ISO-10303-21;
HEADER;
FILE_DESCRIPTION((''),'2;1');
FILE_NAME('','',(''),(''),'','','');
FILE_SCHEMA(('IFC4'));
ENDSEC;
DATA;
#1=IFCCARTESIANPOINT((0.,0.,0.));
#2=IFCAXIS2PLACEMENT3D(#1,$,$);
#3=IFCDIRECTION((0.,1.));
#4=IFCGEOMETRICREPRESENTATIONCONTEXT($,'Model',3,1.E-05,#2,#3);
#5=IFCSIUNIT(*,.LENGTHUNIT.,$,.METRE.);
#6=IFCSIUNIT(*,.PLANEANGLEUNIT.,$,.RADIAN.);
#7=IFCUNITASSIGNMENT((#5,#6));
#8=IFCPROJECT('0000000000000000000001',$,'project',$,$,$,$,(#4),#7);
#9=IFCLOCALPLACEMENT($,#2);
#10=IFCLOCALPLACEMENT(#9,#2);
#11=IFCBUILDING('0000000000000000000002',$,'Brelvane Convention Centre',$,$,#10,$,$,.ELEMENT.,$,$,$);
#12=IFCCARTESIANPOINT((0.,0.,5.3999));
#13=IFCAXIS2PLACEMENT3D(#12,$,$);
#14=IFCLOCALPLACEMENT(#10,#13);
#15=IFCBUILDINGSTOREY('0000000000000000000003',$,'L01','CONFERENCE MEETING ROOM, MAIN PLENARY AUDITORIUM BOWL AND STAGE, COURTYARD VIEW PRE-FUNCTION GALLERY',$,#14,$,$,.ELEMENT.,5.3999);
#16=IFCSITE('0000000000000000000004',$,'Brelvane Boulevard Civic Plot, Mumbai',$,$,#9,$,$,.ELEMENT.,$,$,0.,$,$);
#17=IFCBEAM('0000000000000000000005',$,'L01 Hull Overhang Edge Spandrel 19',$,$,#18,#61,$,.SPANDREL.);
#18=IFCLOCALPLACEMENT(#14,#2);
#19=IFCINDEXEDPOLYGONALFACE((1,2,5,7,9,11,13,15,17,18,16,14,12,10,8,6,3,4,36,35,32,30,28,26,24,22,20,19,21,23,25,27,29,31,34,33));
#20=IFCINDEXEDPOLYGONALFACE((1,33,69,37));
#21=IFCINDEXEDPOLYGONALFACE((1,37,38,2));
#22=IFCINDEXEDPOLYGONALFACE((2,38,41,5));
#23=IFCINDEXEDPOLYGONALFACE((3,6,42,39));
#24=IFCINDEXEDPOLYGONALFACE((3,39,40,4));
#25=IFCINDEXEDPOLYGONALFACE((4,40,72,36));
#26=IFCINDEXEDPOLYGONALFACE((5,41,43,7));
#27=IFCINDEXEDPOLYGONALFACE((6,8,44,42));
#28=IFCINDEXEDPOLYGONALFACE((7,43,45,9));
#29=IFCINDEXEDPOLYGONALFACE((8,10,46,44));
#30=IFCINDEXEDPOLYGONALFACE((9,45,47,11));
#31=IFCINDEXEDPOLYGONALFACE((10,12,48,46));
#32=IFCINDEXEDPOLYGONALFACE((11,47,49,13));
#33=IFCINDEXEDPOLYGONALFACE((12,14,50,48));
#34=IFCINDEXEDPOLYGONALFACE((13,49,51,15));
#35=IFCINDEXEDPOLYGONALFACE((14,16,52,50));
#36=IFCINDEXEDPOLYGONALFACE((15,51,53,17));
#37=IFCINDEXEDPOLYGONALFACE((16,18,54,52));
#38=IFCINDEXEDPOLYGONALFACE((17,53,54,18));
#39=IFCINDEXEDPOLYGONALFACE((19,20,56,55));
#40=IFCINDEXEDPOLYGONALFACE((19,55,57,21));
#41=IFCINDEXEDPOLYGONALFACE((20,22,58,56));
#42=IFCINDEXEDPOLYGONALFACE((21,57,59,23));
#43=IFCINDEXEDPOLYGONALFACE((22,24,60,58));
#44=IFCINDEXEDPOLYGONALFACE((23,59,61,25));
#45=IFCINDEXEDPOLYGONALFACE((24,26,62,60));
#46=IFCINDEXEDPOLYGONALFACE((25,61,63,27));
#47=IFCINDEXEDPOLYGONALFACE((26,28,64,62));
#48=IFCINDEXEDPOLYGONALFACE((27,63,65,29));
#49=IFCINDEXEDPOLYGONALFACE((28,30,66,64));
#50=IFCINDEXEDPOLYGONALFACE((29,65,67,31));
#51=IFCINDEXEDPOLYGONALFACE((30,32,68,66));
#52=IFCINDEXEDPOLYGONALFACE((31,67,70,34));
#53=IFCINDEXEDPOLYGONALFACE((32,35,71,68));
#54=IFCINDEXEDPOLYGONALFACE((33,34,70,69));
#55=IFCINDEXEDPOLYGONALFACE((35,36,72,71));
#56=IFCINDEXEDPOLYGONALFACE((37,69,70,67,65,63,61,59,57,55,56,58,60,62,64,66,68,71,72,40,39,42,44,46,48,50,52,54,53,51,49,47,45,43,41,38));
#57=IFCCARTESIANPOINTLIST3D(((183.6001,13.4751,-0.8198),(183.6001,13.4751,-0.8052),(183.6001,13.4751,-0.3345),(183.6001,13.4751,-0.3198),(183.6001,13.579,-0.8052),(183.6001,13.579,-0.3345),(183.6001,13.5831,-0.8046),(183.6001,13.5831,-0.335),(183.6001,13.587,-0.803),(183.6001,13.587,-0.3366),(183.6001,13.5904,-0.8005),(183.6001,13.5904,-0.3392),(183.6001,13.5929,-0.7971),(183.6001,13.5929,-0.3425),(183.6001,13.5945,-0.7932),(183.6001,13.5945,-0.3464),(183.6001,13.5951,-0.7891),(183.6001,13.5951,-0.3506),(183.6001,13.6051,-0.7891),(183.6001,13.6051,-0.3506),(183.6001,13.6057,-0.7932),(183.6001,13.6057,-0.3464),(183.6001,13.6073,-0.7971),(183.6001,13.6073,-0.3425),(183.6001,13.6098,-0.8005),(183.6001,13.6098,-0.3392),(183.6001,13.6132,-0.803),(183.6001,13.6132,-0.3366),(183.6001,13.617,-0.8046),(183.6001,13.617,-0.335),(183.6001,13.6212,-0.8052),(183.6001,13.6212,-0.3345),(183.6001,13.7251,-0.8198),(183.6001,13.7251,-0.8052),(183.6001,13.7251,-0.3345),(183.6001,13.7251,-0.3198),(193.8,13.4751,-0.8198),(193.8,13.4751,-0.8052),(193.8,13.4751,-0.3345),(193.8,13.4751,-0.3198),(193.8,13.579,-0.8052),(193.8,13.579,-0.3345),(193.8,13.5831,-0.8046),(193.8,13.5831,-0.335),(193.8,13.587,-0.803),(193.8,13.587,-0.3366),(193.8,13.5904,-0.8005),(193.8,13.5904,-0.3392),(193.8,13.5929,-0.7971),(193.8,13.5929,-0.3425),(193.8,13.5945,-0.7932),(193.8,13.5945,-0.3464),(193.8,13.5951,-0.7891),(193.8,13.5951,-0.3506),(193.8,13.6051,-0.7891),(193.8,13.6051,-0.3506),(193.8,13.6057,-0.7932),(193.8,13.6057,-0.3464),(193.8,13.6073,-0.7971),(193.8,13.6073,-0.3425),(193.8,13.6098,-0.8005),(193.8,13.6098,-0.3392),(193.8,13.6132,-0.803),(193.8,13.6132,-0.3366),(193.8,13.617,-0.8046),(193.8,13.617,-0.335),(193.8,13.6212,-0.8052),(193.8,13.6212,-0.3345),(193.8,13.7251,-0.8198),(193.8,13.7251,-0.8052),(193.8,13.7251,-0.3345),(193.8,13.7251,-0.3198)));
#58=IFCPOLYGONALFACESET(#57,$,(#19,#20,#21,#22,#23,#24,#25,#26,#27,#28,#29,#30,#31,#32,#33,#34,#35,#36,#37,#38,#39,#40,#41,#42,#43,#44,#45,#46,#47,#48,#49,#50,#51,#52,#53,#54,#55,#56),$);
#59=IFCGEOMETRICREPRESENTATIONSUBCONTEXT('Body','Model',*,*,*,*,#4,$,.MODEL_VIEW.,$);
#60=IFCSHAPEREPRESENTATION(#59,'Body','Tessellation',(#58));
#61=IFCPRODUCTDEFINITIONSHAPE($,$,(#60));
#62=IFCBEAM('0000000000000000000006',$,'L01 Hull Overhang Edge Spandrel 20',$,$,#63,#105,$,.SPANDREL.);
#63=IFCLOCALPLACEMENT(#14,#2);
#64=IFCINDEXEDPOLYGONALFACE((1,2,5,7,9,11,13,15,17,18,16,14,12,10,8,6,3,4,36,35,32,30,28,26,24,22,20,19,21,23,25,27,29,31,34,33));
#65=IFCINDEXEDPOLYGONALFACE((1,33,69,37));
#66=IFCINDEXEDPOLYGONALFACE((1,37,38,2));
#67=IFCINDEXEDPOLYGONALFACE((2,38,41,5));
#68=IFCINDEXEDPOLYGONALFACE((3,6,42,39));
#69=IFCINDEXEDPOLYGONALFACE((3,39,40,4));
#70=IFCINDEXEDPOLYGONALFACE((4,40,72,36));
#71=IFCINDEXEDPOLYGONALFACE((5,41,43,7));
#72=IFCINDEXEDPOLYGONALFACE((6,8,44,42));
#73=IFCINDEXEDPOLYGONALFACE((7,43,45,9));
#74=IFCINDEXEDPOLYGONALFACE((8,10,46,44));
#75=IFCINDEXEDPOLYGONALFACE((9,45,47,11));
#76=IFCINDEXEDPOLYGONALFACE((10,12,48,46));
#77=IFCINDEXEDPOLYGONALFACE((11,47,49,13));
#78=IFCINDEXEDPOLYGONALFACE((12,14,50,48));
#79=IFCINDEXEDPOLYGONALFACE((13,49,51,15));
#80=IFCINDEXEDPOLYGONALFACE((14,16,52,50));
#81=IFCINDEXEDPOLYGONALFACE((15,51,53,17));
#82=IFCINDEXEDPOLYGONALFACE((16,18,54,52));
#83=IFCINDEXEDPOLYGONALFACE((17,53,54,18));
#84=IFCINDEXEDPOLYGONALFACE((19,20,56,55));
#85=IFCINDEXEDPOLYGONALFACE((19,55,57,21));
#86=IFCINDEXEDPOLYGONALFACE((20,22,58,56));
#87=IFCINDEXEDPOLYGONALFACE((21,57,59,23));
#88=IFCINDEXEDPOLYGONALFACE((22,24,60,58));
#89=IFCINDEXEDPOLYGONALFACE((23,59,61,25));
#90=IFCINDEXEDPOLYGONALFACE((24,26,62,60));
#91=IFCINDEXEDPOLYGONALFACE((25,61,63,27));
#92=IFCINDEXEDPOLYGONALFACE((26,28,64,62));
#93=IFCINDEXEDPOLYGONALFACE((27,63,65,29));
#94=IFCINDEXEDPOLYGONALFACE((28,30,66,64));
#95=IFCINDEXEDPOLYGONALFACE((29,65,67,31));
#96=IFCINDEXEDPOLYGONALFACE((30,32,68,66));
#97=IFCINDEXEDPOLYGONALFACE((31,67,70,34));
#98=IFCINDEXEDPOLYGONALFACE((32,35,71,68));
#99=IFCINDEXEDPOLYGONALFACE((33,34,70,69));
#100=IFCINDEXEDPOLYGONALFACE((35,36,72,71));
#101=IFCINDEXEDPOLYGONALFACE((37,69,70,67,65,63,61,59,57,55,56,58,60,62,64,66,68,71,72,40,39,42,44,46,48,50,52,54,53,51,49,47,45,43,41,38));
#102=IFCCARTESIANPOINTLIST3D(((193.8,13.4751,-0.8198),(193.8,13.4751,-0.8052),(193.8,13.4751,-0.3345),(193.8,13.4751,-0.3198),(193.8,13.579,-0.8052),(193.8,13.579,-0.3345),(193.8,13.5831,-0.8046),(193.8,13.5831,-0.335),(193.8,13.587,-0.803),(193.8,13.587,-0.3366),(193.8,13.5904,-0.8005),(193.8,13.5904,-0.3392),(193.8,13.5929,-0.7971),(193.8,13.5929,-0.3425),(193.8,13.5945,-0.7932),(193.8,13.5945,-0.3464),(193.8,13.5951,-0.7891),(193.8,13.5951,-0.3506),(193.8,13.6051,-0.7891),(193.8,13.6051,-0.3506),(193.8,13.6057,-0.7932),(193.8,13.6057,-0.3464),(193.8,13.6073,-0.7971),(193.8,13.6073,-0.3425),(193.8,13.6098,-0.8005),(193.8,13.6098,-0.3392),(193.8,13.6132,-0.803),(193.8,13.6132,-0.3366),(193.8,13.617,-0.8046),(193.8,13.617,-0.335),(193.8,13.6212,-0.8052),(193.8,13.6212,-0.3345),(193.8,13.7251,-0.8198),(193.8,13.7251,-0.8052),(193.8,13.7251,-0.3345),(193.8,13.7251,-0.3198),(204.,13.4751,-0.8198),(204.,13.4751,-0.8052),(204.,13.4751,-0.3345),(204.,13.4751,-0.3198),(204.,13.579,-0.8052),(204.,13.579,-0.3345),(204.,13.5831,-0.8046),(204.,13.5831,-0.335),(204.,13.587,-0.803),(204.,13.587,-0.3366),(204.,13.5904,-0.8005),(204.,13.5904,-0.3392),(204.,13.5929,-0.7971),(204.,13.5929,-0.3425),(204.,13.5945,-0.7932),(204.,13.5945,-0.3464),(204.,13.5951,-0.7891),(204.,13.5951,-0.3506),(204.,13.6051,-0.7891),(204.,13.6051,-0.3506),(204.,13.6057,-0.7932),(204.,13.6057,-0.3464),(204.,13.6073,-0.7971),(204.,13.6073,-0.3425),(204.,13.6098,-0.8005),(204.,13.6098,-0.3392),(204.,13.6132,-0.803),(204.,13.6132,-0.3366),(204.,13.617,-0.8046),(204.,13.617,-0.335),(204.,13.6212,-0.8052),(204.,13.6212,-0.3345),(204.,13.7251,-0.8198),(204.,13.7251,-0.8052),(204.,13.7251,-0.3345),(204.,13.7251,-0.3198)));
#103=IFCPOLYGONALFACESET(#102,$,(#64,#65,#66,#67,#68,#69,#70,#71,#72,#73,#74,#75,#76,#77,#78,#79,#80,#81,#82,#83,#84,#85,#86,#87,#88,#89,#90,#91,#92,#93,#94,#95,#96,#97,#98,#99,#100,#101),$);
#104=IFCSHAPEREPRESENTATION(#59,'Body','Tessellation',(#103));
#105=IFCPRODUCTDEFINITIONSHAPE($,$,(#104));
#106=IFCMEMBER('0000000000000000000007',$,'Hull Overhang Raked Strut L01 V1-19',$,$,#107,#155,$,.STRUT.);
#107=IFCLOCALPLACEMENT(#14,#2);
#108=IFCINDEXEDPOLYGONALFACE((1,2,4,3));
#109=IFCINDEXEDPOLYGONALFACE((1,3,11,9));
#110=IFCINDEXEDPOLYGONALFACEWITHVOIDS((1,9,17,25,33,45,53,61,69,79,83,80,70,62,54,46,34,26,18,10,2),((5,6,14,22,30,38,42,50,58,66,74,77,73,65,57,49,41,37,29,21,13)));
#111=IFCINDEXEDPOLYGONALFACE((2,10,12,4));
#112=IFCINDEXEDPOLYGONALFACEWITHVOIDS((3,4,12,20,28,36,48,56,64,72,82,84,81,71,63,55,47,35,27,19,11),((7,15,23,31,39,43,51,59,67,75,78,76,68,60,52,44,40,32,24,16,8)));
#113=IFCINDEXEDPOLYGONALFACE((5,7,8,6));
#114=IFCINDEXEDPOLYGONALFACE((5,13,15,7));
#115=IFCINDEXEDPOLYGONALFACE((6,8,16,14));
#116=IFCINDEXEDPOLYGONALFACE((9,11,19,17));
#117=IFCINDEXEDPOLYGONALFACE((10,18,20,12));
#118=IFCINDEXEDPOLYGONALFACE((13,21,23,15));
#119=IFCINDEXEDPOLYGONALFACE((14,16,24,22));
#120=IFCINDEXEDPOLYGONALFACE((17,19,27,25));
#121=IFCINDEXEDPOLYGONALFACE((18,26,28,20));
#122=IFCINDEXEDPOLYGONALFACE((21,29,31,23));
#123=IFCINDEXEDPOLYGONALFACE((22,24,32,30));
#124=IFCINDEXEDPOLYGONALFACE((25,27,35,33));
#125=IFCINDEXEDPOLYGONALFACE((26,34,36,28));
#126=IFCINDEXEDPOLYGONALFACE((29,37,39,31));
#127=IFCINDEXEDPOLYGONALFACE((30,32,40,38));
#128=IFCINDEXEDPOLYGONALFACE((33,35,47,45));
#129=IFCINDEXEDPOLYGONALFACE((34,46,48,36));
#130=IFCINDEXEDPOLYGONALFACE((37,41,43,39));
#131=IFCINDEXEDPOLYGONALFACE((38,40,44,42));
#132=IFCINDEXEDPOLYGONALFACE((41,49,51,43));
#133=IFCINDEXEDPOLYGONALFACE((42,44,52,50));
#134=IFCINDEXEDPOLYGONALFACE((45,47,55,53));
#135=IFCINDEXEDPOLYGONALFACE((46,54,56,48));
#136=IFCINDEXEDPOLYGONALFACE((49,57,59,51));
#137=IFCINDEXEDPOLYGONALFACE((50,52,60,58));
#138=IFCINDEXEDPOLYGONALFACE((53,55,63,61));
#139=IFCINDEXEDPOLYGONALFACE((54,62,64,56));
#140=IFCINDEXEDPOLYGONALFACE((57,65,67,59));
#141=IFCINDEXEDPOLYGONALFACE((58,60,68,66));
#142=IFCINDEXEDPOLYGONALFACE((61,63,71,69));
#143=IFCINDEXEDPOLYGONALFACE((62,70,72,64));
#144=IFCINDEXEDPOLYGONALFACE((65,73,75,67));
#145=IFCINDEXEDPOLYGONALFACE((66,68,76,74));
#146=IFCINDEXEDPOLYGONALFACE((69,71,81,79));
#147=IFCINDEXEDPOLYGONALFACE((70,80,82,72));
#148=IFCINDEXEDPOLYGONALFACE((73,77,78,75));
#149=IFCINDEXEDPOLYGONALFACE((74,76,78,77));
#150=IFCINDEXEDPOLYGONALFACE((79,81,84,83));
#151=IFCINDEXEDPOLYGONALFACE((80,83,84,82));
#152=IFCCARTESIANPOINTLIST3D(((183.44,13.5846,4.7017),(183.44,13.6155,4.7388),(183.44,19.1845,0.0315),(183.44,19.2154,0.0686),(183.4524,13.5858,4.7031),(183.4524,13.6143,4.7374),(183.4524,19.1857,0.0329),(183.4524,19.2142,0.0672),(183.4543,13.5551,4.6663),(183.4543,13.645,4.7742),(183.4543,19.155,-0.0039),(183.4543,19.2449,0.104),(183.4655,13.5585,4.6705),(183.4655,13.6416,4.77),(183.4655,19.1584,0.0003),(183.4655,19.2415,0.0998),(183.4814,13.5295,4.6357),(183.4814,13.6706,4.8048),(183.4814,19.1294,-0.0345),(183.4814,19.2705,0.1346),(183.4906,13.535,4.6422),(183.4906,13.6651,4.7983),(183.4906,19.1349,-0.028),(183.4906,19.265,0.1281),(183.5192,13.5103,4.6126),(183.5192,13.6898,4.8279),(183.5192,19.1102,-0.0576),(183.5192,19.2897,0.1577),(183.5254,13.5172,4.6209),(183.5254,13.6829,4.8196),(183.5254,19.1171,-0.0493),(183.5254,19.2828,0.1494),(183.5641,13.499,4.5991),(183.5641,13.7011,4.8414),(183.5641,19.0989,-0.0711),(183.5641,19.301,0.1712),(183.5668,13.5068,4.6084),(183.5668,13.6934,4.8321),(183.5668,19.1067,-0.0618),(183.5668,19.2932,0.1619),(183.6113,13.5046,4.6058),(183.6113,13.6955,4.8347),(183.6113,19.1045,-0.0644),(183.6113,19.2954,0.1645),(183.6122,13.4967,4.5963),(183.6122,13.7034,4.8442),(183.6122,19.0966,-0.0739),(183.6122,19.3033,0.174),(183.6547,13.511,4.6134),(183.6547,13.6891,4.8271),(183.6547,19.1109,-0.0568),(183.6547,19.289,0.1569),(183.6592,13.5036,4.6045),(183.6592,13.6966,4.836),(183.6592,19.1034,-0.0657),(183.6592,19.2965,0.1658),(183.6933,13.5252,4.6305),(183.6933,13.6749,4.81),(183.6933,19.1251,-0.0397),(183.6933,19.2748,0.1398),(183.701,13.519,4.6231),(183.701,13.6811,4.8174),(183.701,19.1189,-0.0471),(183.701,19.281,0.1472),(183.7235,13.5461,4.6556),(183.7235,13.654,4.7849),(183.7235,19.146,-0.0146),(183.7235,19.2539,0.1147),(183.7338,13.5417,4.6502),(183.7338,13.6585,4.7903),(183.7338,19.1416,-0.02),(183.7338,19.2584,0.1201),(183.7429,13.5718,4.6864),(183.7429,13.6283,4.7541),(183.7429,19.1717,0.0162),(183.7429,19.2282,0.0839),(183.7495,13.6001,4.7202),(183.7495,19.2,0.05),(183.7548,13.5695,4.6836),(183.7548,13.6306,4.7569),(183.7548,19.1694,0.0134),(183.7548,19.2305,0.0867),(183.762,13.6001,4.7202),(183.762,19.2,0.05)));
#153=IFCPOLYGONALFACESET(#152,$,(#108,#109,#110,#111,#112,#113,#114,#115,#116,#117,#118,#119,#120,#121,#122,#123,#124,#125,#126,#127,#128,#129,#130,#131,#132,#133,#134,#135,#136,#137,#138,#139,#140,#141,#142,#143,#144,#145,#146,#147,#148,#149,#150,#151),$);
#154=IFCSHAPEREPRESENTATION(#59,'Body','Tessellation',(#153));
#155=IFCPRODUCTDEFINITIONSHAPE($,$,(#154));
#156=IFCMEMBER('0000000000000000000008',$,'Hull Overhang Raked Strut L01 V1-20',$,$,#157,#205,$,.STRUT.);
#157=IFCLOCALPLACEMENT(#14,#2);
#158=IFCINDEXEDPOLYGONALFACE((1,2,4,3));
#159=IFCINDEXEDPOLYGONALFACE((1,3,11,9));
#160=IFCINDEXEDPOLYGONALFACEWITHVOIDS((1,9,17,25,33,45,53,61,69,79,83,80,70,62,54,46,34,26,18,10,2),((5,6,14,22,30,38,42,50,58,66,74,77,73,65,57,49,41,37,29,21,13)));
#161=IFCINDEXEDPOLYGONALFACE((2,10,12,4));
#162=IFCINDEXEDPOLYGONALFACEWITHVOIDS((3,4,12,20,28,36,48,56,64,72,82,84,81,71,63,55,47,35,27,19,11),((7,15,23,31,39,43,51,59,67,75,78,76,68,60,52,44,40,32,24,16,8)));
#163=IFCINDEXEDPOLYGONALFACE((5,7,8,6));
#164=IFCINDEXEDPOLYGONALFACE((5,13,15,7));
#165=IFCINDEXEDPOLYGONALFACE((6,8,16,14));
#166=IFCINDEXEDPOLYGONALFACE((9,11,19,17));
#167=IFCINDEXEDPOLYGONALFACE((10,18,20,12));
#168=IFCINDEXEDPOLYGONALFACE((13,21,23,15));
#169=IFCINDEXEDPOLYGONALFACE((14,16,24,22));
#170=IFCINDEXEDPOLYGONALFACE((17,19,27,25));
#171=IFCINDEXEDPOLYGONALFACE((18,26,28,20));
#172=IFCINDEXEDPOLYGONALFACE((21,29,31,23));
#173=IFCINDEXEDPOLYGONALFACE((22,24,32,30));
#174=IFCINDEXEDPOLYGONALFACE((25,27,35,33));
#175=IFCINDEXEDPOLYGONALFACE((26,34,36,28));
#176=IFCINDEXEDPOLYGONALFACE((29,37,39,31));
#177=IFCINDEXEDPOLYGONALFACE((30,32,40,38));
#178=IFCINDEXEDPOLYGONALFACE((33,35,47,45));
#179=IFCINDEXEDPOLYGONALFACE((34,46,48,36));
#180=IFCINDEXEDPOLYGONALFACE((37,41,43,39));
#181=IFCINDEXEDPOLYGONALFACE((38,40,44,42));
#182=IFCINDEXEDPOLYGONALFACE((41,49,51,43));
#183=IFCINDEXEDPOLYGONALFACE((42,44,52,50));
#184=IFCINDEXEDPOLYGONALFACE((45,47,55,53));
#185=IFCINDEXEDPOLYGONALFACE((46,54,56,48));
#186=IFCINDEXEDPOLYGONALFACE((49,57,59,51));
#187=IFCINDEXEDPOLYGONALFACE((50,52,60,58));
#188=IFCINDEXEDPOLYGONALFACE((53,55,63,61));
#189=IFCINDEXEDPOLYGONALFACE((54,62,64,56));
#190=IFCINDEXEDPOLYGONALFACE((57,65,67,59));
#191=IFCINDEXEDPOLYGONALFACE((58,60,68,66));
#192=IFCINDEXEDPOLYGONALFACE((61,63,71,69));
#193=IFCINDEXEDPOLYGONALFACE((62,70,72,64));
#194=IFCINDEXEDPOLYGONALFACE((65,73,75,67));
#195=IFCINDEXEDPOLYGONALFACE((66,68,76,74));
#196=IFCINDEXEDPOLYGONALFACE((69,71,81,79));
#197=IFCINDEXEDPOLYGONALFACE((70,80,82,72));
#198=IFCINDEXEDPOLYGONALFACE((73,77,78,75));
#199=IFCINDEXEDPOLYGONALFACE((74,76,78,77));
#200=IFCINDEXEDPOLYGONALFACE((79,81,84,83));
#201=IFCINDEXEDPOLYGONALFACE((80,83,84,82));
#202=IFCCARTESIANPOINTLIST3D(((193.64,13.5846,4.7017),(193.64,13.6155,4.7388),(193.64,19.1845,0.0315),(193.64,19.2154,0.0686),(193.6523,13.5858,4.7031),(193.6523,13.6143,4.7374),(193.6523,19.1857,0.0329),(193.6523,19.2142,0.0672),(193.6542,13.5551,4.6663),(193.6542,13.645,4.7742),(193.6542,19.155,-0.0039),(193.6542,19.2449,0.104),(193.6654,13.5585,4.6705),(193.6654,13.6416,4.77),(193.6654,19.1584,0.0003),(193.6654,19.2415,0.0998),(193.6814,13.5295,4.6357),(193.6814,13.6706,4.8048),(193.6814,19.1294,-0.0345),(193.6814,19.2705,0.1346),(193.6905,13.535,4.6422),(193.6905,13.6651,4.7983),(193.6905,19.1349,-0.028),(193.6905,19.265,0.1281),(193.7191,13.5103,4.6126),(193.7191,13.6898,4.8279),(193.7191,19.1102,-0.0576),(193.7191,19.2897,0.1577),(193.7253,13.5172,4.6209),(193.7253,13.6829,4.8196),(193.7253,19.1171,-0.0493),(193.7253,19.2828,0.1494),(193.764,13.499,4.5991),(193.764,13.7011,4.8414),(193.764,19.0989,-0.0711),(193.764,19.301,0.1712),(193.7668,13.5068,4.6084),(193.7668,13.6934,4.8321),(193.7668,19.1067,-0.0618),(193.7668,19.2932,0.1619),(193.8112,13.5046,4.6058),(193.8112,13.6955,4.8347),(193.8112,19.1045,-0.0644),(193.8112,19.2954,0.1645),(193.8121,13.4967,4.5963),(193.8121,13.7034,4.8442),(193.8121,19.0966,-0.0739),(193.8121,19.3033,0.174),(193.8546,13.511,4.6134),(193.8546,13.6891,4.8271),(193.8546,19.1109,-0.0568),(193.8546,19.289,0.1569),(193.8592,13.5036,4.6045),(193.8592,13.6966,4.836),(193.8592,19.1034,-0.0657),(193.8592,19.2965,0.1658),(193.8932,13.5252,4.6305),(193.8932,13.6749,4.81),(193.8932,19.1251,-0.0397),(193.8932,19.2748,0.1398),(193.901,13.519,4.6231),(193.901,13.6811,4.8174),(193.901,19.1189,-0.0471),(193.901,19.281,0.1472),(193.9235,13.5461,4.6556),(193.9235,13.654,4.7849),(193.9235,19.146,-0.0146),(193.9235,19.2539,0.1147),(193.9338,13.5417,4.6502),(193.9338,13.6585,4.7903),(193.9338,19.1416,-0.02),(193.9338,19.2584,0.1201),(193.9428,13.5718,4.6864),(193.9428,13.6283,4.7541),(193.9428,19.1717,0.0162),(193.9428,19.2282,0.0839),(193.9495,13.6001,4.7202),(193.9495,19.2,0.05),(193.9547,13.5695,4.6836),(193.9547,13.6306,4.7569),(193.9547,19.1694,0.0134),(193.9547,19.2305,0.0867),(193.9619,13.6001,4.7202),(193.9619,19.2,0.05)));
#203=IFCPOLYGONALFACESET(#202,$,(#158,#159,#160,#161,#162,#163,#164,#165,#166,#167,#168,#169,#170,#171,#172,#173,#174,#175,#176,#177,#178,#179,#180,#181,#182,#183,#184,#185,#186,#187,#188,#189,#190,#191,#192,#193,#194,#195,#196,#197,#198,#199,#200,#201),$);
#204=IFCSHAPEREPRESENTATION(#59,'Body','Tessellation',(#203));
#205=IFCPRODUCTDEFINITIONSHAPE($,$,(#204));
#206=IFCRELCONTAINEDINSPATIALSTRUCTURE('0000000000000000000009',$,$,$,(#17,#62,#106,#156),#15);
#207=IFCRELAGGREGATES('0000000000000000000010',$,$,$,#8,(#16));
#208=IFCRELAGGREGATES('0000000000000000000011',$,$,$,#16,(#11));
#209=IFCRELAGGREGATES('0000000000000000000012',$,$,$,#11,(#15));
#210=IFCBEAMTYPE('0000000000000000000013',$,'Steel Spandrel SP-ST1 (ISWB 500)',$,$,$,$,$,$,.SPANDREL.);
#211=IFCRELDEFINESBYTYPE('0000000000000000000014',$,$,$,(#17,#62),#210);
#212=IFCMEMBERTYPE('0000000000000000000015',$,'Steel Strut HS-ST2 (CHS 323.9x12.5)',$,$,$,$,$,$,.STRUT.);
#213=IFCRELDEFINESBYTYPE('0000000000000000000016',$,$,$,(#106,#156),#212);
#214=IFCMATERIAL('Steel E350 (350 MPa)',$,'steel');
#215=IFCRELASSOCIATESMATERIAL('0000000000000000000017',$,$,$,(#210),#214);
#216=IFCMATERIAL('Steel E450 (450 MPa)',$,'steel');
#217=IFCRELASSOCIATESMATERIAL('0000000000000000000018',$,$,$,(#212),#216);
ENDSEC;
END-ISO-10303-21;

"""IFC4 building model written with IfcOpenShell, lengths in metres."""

from ifc_helpers import new_model, si_unit, direction, frame, origin, origin_2d, place, context, subcontext, project, spatial, hollow_circle, i_section, extrude, material, material_profile, profile_set, type_object, element, save


model = new_model("IFC4")

# Units and contexts
model_context = context("Model", 3, precision=1e-05, world=origin(), true_north=direction((0.0, 1.0)))
body_context = subcontext(model_context, "Body", "Model", "MODEL_VIEW")
ifc_project = project(units=[si_unit("LENGTHUNIT", "METRE"), si_unit("PLANEANGLEUNIT", "RADIAN")], contexts=[model_context])

# Site, building, storey
site_placement = place(None, origin())
site = spatial("IfcSite", under=ifc_project, at=site_placement, Name="Brelvane Boulevard Civic Plot, Mumbai", CompositionType="ELEMENT", RefElevation=0.0)
building_placement = place(site_placement, origin())
building = spatial("IfcBuilding", under=site, at=building_placement, Name="Brelvane Convention Centre", CompositionType="ELEMENT")
storey_placement = place(building_placement, frame((0.0, 0.0, 5.3999)))
storey = spatial("IfcBuildingStorey", under=building, at=storey_placement, Name="L01", Description="CONFERENCE MEETING ROOM, MAIN PLENARY AUDITORIUM BOWL AND STAGE, COURTYARD VIEW PRE-FUNCTION GALLERY", CompositionType="ELEMENT", Elevation=5.3999)

# Beams
ifc_material_1 = material(Name="Steel E350 (350 MPa)", Category="steel")
ifc_material_profile_1 = material_profile(ifc_material_1, i_section(OverallWidth=0.25, OverallDepth=0.5, WebThickness=0.01, FlangeThickness=0.0146, FilletRadius=0.0161, at=origin_2d()), Name="ISWB 500")
ifc_profile_set_1 = profile_set([ifc_material_profile_1], Name="Steel E350 (350 MPa)")
beam_type_1 = type_object("IfcBeamType", Name="Steel Spandrel SP-ST1 (ISWB 500)", PredefinedType="SPANDREL", material=ifc_profile_set_1)
for number, where, z_axis, x_axis, name in (
    (1, (183.6001, 13.6001, -0.5698), (1.0, 0.0, 0.0), (0.0, 1.0, 0.0), "L01 Hull Overhang Edge Spandrel 19"),
    (2, (193.8, 13.6001, -0.5698), (1.0, 0.0, 0.0), (0.0, 1.0, 0.0), "L01 Hull Overhang Edge Spandrel 20"),
):
    element("IfcBeam", number, at=place(storey_placement, frame(where, z_axis=z_axis, x_axis=x_axis)), inside=storey, type_object=beam_type_1, Name=name, PredefinedType="SPANDREL", context=body_context, shape_type="SweptSolid", body=[
        extrude(i_section(OverallWidth=0.25, OverallDepth=0.5, WebThickness=0.01, FlangeThickness=0.0146, FilletRadius=0.0161, at=origin_2d()), origin(), (0.0, 0.0, 1.0), 10.2),
    ])

# Members
ifc_material_2 = material(Name="Steel E450 (450 MPa)", Category="steel")
ifc_material_profile_2 = material_profile(ifc_material_2, hollow_circle(Radius=0.1619, WallThickness=0.0125, at=origin_2d()), Name="CHS 323.9x12.5")
ifc_profile_set_2 = profile_set([ifc_material_profile_2], Name="Steel E450 (450 MPa)")
member_type_1 = type_object("IfcMemberType", Name="Steel Strut HS-ST2 (CHS 323.9x12.5)", PredefinedType="STRUT", material=ifc_profile_set_2)
for number, where, z_axis, x_axis, name in (
    (3, (183.6001, 19.2, 0.05), (0.0, -0.767977, 0.640477), (1.0, 0.0, 0.0), "Hull Overhang Raked Strut L01 V1-19"),
    (4, (193.8, 19.2, 0.05), (0.0, -0.767977, 0.640477), (1.0, 0.0, 0.0), "Hull Overhang Raked Strut L01 V1-20"),
):
    element("IfcMember", number, at=place(storey_placement, frame(where, z_axis=z_axis, x_axis=x_axis)), inside=storey, type_object=member_type_1, Name=name, PredefinedType="STRUT", context=body_context, shape_type="SweptSolid", body=[
        extrude(hollow_circle(Radius=0.1619, WallThickness=0.0125, at=origin_2d()), origin(), (0.0, 0.0, 1.0), 7.2917),
    ])

save(model, "model.ifc")
